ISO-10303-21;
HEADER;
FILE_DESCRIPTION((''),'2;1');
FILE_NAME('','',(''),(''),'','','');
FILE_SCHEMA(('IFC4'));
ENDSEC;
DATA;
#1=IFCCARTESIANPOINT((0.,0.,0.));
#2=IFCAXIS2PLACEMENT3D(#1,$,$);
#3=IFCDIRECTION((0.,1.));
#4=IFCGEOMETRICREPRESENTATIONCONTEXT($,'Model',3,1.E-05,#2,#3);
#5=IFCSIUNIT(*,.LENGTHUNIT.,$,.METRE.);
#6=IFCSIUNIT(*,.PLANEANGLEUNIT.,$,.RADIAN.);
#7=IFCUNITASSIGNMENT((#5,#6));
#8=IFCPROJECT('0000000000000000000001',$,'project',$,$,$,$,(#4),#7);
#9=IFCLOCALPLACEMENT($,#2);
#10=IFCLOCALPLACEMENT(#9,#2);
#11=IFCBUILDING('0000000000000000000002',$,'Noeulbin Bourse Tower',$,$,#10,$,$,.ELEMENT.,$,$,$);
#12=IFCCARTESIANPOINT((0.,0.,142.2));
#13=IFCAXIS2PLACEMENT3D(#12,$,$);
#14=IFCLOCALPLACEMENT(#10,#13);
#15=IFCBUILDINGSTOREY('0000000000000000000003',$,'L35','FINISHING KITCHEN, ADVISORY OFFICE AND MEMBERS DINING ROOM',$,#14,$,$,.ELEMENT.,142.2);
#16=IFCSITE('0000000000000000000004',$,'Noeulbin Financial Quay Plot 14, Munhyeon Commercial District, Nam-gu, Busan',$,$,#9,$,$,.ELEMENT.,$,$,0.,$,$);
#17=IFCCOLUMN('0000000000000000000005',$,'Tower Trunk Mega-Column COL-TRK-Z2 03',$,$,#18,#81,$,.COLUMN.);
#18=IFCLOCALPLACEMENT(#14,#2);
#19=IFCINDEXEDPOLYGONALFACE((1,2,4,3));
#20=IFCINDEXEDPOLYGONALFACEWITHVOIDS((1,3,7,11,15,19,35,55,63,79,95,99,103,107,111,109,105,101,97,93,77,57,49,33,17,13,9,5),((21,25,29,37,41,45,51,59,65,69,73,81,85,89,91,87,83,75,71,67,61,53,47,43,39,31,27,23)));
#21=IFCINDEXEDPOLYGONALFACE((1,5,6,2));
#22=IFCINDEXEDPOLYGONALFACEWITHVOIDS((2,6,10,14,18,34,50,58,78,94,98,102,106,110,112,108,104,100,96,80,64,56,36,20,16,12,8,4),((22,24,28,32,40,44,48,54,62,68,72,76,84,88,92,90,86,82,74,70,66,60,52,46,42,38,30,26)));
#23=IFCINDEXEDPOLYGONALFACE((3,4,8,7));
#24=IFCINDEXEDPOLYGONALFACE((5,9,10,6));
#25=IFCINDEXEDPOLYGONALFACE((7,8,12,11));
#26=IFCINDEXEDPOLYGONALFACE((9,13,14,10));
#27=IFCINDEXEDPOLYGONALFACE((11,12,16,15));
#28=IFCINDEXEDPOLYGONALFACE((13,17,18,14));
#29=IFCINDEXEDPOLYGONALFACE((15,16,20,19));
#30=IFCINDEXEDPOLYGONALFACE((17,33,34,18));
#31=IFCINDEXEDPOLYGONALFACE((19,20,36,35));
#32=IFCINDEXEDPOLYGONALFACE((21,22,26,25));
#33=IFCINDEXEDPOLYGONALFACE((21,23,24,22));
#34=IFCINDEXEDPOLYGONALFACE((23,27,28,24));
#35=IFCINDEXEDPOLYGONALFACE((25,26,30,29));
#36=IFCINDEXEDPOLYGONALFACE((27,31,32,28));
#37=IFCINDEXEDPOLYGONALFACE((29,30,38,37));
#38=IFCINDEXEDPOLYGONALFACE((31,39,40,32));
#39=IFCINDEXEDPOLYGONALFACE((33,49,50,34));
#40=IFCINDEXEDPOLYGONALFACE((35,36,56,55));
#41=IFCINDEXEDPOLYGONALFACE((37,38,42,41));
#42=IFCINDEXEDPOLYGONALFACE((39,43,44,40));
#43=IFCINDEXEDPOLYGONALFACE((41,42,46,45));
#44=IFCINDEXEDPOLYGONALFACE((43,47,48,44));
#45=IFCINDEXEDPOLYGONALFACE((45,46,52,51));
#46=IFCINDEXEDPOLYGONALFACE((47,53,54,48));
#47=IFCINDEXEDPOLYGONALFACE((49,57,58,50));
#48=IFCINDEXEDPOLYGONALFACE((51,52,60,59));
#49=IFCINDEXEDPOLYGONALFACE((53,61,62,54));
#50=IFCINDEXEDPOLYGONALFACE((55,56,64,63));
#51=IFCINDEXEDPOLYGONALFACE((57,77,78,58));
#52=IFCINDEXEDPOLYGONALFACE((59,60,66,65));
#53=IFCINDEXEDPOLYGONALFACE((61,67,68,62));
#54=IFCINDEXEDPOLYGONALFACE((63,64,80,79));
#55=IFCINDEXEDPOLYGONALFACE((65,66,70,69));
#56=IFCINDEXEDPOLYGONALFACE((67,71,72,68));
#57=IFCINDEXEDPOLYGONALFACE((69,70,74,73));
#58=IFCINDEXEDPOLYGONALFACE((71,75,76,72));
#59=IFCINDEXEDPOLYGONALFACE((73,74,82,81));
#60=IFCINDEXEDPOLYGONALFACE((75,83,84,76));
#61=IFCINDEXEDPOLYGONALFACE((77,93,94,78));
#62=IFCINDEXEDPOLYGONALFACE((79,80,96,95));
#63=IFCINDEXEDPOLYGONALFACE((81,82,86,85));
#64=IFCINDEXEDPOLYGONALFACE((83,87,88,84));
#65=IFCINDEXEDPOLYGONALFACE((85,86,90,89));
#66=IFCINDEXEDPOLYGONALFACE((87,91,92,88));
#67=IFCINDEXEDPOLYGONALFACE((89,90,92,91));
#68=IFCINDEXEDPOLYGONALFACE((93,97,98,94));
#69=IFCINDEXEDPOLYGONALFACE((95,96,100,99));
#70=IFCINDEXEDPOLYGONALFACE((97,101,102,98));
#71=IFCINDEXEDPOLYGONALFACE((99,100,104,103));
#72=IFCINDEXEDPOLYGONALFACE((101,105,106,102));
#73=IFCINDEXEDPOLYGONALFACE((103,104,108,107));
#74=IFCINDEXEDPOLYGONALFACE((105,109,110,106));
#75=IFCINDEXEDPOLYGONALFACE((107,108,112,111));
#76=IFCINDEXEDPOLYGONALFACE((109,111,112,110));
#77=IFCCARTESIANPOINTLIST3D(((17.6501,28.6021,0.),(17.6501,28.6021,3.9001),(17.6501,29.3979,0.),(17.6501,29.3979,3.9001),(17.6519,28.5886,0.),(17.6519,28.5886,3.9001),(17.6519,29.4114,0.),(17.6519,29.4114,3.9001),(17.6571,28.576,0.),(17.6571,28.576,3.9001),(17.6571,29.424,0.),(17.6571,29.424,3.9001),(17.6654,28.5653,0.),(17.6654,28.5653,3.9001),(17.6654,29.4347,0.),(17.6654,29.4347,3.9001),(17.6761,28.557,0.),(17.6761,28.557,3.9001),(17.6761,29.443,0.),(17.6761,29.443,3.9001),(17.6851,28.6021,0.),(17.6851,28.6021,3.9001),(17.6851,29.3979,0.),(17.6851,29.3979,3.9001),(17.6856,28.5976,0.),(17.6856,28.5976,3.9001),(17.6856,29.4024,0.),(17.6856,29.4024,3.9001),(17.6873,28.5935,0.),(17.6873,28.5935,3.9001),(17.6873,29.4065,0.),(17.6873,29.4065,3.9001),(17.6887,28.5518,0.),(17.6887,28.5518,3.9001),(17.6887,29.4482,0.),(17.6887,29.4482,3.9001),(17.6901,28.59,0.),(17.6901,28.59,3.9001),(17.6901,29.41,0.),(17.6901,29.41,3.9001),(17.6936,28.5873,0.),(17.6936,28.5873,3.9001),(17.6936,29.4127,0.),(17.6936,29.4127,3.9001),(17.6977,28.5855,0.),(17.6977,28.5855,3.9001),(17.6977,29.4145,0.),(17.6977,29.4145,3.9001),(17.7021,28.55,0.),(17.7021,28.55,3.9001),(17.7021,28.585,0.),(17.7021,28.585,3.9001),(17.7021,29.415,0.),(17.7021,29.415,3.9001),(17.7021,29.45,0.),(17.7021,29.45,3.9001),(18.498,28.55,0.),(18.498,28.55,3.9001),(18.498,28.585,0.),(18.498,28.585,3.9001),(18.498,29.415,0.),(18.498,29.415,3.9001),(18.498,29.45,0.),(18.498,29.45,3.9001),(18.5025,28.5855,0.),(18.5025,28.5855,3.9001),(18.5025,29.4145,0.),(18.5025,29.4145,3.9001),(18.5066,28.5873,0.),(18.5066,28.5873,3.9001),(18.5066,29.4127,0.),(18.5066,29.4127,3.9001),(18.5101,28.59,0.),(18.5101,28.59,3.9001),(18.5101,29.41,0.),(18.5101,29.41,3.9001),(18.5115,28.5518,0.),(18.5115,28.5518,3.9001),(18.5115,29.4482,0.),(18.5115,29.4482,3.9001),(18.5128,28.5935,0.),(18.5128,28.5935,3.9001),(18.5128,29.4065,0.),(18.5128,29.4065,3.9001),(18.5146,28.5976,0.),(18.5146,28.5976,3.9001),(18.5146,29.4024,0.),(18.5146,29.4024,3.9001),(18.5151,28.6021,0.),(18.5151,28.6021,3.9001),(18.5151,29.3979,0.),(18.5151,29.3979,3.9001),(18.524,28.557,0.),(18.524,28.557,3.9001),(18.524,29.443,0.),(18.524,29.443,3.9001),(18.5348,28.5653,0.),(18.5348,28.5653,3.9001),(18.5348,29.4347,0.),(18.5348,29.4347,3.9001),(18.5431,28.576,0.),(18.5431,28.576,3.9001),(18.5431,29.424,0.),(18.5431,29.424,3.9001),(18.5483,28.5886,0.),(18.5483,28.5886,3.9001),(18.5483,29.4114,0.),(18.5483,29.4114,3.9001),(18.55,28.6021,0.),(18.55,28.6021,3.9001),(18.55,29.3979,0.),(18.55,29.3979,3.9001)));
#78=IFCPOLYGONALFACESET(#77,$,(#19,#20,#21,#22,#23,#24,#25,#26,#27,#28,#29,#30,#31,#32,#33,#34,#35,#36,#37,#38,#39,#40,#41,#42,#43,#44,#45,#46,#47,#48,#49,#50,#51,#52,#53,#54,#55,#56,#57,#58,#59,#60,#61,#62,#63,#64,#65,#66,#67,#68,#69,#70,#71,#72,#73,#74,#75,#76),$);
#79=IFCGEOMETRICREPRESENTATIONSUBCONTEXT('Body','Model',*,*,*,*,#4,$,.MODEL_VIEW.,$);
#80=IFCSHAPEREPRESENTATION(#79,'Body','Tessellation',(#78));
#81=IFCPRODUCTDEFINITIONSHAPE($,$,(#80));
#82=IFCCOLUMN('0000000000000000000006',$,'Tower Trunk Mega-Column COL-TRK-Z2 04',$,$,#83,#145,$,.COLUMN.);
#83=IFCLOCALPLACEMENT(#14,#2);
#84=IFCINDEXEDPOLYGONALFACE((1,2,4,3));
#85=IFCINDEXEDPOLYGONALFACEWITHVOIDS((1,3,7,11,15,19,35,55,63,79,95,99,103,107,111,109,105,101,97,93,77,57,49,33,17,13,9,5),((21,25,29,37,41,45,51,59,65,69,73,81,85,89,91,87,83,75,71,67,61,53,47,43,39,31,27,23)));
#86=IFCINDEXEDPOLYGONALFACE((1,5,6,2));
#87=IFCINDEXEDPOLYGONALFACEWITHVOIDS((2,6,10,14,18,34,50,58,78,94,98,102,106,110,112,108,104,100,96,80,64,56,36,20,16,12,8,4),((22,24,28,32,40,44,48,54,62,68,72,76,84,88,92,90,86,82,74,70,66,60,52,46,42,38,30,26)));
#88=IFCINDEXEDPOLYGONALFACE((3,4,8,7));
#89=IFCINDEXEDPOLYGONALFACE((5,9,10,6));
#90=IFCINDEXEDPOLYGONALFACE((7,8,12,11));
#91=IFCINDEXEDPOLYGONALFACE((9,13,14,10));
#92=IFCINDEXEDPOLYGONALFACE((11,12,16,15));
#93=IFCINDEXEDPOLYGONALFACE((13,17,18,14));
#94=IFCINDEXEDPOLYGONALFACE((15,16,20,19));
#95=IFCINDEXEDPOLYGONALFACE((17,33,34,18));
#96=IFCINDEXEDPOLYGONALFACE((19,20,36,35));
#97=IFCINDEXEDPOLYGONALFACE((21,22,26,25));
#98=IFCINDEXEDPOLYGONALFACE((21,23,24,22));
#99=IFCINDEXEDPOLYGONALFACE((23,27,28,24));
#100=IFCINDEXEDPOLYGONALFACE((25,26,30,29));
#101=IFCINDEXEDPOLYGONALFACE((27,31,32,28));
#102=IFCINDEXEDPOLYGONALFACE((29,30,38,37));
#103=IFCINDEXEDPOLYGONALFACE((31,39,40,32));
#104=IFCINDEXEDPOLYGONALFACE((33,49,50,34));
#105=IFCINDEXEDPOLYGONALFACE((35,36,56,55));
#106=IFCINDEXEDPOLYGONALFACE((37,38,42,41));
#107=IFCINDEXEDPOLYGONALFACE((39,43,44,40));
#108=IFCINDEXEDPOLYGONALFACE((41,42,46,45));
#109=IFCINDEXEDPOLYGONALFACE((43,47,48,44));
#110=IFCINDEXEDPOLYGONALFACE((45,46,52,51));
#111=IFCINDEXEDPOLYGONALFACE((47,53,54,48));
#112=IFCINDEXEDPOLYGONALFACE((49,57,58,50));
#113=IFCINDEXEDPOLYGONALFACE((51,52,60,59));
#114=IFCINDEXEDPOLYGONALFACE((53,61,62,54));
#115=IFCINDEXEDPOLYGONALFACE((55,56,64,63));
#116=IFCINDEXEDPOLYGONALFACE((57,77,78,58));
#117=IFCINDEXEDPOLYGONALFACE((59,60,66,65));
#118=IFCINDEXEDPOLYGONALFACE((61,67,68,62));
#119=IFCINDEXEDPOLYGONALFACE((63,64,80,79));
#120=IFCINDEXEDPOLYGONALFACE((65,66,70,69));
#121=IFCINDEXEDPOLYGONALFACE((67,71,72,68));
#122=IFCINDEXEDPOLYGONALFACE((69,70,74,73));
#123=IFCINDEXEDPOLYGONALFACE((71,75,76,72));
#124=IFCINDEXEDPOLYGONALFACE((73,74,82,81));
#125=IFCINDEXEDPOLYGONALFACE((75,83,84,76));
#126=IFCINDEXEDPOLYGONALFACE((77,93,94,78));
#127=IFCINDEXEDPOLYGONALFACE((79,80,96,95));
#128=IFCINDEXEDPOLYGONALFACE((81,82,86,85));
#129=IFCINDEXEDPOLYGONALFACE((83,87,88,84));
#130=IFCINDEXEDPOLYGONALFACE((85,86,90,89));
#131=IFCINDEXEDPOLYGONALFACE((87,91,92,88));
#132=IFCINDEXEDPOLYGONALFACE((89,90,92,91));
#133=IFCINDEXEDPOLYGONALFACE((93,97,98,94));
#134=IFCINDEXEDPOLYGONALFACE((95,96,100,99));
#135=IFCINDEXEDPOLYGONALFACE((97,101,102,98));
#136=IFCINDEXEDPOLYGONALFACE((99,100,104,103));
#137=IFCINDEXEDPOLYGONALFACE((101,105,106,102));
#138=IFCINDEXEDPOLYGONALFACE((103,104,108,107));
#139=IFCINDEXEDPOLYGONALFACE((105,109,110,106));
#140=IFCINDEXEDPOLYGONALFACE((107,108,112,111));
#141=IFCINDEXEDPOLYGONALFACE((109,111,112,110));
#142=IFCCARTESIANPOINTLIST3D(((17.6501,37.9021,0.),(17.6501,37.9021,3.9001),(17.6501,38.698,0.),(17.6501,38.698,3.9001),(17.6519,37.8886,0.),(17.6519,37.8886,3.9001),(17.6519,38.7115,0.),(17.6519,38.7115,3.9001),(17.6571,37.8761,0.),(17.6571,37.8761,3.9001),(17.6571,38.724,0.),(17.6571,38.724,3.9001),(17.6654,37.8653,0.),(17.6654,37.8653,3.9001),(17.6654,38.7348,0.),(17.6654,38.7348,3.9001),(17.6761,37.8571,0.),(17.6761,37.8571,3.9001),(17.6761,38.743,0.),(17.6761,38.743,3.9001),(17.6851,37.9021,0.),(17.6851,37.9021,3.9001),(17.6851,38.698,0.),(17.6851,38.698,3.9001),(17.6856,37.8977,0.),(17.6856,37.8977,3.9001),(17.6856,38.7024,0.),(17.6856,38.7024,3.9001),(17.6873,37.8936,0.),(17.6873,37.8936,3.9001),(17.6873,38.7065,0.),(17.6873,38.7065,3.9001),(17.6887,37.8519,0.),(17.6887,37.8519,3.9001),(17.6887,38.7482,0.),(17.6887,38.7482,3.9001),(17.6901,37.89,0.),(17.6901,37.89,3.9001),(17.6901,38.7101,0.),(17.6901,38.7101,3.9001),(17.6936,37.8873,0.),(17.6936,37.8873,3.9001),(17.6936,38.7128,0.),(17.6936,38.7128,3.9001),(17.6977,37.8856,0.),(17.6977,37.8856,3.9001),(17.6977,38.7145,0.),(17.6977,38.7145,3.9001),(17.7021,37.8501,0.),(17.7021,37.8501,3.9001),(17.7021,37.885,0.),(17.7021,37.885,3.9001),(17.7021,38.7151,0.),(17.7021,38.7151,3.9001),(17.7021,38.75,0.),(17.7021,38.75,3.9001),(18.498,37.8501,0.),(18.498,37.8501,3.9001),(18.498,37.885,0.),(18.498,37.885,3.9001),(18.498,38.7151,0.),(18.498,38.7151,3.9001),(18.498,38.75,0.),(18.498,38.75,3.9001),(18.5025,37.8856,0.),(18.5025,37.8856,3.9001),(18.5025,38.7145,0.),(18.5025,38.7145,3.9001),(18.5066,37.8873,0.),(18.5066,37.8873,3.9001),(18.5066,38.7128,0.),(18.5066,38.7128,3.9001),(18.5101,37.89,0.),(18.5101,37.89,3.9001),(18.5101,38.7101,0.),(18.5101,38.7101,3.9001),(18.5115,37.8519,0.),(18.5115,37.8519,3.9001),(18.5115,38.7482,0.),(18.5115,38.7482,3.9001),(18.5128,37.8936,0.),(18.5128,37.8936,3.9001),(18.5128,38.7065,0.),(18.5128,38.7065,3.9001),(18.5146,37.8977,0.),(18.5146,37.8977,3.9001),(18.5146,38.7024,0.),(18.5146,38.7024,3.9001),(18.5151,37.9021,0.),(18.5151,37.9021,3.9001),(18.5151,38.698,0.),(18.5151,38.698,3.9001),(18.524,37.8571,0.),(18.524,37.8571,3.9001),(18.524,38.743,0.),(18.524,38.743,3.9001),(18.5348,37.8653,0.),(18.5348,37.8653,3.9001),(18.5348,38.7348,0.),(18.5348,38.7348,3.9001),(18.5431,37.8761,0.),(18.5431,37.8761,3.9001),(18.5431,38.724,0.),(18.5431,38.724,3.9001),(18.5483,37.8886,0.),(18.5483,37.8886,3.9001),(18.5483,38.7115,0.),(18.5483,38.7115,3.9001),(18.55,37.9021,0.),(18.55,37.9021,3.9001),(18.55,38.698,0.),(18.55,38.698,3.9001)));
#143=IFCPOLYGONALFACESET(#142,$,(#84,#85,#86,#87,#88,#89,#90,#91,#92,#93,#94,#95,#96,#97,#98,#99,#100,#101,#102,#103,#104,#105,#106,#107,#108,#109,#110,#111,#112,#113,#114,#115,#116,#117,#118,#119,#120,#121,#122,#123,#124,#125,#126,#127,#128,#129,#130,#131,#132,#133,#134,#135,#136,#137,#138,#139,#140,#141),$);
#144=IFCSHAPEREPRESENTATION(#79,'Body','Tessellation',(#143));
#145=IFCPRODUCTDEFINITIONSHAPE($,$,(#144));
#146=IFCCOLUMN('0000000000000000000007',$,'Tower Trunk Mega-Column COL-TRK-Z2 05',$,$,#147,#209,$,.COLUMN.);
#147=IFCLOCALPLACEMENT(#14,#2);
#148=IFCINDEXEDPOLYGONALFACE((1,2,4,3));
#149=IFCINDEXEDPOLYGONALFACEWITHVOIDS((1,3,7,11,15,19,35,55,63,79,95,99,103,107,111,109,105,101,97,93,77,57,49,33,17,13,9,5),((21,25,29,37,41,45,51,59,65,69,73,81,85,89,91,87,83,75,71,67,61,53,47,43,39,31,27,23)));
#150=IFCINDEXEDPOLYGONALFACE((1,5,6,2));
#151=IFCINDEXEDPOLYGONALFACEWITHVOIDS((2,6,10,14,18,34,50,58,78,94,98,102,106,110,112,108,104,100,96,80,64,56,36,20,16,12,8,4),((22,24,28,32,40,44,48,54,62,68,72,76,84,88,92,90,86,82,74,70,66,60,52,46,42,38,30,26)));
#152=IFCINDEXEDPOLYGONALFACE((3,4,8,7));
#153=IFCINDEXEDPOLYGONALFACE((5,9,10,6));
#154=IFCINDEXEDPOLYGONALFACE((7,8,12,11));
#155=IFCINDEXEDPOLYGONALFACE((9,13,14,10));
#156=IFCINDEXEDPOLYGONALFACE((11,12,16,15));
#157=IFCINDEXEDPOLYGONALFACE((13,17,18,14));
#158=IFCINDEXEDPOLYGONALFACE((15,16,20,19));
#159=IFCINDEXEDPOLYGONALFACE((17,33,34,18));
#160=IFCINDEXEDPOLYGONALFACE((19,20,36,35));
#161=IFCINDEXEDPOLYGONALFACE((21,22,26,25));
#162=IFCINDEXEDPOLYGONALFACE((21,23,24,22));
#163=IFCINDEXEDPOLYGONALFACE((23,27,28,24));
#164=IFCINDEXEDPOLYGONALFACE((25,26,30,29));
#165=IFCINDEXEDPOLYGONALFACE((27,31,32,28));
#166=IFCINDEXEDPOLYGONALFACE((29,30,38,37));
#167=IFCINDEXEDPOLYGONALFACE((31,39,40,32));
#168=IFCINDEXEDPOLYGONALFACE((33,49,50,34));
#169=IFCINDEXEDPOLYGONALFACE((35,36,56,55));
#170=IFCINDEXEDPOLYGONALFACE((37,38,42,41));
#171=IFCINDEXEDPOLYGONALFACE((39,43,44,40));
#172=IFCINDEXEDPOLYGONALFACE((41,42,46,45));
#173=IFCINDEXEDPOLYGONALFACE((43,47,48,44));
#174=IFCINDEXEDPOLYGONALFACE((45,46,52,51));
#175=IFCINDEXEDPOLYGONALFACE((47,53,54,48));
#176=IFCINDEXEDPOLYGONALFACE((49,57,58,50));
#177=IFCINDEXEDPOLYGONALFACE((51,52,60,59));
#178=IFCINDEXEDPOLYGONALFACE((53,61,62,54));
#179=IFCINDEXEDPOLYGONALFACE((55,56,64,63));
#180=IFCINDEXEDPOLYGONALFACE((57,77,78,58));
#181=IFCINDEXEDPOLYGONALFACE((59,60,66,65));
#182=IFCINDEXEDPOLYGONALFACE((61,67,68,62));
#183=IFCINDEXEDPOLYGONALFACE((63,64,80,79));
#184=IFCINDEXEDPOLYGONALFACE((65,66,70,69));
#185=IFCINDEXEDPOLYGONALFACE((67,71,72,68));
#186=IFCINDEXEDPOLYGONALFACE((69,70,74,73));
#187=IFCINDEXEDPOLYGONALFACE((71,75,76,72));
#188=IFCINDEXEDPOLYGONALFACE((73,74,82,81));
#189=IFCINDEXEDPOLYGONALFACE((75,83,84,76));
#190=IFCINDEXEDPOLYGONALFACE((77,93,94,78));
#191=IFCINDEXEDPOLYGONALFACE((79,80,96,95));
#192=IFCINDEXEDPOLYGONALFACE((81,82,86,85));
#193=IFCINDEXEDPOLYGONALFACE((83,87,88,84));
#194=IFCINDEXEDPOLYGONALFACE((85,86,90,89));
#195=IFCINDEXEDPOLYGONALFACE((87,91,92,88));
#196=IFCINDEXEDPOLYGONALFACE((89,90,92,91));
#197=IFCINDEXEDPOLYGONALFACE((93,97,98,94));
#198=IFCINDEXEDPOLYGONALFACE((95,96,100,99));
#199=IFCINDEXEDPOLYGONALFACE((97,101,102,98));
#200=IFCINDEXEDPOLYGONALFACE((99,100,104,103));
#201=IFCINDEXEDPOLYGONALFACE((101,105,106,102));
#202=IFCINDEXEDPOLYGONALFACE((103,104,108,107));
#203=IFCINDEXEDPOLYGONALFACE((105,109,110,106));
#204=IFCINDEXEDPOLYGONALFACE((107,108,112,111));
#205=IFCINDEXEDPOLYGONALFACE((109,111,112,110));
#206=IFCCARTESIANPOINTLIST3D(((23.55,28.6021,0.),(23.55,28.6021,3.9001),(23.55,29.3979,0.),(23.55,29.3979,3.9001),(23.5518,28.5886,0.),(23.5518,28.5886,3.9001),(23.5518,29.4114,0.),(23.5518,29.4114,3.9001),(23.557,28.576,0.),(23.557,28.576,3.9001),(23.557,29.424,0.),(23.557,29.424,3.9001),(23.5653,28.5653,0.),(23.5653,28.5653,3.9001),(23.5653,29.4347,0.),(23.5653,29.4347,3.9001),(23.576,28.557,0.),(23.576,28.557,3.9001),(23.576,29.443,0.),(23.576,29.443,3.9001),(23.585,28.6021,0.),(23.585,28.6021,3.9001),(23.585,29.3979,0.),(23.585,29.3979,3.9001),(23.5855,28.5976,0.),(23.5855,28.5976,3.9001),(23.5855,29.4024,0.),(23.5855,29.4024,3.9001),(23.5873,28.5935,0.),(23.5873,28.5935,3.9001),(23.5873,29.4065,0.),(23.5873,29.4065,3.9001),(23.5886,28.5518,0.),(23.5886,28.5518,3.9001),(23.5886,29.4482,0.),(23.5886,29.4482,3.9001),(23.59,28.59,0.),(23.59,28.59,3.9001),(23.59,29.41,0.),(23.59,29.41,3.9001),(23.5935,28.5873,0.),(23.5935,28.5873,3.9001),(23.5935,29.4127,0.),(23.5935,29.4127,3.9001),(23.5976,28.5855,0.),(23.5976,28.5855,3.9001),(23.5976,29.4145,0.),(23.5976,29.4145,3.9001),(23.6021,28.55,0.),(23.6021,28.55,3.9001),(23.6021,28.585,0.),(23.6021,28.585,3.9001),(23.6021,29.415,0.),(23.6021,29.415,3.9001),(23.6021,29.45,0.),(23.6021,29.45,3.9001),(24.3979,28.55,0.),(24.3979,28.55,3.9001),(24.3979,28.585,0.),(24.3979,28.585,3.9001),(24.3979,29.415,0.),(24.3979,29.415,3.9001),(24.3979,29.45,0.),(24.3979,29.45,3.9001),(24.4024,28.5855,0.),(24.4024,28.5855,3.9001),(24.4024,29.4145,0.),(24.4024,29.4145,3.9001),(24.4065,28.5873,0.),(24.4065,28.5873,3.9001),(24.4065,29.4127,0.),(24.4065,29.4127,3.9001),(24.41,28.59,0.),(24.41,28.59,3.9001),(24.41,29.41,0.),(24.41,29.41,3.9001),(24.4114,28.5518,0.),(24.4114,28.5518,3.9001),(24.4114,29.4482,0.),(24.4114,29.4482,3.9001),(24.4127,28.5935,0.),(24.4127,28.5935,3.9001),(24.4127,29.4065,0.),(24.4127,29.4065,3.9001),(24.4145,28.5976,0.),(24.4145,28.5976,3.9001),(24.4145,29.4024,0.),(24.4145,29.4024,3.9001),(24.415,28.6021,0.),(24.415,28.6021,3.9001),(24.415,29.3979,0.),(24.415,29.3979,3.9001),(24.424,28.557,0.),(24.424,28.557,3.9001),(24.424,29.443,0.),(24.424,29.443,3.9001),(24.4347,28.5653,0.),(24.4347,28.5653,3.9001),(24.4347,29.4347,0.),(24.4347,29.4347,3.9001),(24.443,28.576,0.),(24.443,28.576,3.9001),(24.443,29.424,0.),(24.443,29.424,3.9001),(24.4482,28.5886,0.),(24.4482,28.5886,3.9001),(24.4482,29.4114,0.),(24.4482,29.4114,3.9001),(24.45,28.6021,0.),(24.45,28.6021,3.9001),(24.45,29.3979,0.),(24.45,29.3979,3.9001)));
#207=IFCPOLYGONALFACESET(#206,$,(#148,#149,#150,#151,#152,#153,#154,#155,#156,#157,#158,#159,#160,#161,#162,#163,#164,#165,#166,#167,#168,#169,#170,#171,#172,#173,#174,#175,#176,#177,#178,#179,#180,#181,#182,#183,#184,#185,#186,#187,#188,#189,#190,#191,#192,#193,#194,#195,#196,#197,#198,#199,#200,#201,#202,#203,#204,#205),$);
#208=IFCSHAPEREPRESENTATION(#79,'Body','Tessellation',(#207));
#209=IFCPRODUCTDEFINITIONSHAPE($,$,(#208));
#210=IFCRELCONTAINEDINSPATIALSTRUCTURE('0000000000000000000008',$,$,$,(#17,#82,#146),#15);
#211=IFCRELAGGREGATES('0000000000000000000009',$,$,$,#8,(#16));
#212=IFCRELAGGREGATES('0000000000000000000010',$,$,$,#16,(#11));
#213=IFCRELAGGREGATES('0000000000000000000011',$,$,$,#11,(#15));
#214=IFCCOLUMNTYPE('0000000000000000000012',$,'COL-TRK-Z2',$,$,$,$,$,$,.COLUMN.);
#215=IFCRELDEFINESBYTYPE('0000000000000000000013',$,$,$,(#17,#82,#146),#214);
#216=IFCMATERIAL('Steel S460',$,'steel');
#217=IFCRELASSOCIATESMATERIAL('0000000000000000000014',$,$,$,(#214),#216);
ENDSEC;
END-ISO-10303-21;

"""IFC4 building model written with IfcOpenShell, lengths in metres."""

from ifc_helpers import new_model, si_unit, direction, frame, origin, origin_2d, place, context, subcontext, project, spatial, hollow_rectangle, extrude, material, material_profile, profile_set, type_object, element, save


model = new_model("IFC4")

# Units and contexts
model_context = context("Model", 3, precision=1e-05, world=origin(), true_north=direction((0.0, 1.0)))
body_context = subcontext(model_context, "Body", "Model", "MODEL_VIEW")
ifc_project = project(units=[si_unit("LENGTHUNIT", "METRE"), si_unit("PLANEANGLEUNIT", "RADIAN")], contexts=[model_context])

# Site, building, storey
site_placement = place(None, origin())
site = spatial("IfcSite", under=ifc_project, at=site_placement, Name="Noeulbin Financial Quay Plot 14, Munhyeon Commercial District, Nam-gu, Busan", CompositionType="ELEMENT", RefElevation=0.0)
building_placement = place(site_placement, origin())
building = spatial("IfcBuilding", under=site, at=building_placement, Name="Noeulbin Bourse Tower", CompositionType="ELEMENT")
storey_placement = place(building_placement, frame((0.0, 0.0, 142.2)))
storey = spatial("IfcBuildingStorey", under=building, at=storey_placement, Name="L35", Description="FINISHING KITCHEN, ADVISORY OFFICE AND MEMBERS DINING ROOM", CompositionType="ELEMENT", Elevation=142.2)

# Columns
ifc_material_1 = material(Name="Steel S460", Category="steel")
ifc_material_profile_1 = material_profile(ifc_material_1, hollow_rectangle(XDim=0.8999, YDim=0.8999, WallThickness=0.0349, InnerFilletRadius=0.0171, OuterFilletRadius=0.052, at=origin_2d()), Name="BOX-900x900x35", Category="LoadBearing")
ifc_profile_set_1 = profile_set([ifc_material_profile_1], Name="Steel S460")
column_type = type_object("IfcColumnType", Name="COL-TRK-Z2", PredefinedType="COLUMN", material=ifc_profile_set_1)
for number, where, z_axis, x_axis, name in (
    (1, (18.1001, 29.0, 0.0), (0.0, 0.0, 1.0), (1.0, 0.0, 0.0), "Tower Trunk Mega-Column COL-TRK-Z2 03"),
    (2, (18.1001, 38.3, 0.0), (0.0, 0.0, 1.0), (1.0, 0.0, 0.0), "Tower Trunk Mega-Column COL-TRK-Z2 04"),
    (3, (24.0, 29.0, 0.0), (0.0, 0.0, 1.0), (1.0, 0.0, 0.0), "Tower Trunk Mega-Column COL-TRK-Z2 05"),
):
    element("IfcColumn", number, at=place(storey_placement, frame(where, z_axis=z_axis, x_axis=x_axis)), inside=storey, type_object=column_type, Name=name, PredefinedType="COLUMN", context=body_context, shape_type="SweptSolid", body=[
        extrude(hollow_rectangle(XDim=0.8999, YDim=0.8999, WallThickness=0.0349, InnerFilletRadius=0.0171, OuterFilletRadius=0.052, at=origin_2d()), origin(), (0.0, 0.0, 1.0), 3.9001),
    ])

save(model, "model.ifc")
